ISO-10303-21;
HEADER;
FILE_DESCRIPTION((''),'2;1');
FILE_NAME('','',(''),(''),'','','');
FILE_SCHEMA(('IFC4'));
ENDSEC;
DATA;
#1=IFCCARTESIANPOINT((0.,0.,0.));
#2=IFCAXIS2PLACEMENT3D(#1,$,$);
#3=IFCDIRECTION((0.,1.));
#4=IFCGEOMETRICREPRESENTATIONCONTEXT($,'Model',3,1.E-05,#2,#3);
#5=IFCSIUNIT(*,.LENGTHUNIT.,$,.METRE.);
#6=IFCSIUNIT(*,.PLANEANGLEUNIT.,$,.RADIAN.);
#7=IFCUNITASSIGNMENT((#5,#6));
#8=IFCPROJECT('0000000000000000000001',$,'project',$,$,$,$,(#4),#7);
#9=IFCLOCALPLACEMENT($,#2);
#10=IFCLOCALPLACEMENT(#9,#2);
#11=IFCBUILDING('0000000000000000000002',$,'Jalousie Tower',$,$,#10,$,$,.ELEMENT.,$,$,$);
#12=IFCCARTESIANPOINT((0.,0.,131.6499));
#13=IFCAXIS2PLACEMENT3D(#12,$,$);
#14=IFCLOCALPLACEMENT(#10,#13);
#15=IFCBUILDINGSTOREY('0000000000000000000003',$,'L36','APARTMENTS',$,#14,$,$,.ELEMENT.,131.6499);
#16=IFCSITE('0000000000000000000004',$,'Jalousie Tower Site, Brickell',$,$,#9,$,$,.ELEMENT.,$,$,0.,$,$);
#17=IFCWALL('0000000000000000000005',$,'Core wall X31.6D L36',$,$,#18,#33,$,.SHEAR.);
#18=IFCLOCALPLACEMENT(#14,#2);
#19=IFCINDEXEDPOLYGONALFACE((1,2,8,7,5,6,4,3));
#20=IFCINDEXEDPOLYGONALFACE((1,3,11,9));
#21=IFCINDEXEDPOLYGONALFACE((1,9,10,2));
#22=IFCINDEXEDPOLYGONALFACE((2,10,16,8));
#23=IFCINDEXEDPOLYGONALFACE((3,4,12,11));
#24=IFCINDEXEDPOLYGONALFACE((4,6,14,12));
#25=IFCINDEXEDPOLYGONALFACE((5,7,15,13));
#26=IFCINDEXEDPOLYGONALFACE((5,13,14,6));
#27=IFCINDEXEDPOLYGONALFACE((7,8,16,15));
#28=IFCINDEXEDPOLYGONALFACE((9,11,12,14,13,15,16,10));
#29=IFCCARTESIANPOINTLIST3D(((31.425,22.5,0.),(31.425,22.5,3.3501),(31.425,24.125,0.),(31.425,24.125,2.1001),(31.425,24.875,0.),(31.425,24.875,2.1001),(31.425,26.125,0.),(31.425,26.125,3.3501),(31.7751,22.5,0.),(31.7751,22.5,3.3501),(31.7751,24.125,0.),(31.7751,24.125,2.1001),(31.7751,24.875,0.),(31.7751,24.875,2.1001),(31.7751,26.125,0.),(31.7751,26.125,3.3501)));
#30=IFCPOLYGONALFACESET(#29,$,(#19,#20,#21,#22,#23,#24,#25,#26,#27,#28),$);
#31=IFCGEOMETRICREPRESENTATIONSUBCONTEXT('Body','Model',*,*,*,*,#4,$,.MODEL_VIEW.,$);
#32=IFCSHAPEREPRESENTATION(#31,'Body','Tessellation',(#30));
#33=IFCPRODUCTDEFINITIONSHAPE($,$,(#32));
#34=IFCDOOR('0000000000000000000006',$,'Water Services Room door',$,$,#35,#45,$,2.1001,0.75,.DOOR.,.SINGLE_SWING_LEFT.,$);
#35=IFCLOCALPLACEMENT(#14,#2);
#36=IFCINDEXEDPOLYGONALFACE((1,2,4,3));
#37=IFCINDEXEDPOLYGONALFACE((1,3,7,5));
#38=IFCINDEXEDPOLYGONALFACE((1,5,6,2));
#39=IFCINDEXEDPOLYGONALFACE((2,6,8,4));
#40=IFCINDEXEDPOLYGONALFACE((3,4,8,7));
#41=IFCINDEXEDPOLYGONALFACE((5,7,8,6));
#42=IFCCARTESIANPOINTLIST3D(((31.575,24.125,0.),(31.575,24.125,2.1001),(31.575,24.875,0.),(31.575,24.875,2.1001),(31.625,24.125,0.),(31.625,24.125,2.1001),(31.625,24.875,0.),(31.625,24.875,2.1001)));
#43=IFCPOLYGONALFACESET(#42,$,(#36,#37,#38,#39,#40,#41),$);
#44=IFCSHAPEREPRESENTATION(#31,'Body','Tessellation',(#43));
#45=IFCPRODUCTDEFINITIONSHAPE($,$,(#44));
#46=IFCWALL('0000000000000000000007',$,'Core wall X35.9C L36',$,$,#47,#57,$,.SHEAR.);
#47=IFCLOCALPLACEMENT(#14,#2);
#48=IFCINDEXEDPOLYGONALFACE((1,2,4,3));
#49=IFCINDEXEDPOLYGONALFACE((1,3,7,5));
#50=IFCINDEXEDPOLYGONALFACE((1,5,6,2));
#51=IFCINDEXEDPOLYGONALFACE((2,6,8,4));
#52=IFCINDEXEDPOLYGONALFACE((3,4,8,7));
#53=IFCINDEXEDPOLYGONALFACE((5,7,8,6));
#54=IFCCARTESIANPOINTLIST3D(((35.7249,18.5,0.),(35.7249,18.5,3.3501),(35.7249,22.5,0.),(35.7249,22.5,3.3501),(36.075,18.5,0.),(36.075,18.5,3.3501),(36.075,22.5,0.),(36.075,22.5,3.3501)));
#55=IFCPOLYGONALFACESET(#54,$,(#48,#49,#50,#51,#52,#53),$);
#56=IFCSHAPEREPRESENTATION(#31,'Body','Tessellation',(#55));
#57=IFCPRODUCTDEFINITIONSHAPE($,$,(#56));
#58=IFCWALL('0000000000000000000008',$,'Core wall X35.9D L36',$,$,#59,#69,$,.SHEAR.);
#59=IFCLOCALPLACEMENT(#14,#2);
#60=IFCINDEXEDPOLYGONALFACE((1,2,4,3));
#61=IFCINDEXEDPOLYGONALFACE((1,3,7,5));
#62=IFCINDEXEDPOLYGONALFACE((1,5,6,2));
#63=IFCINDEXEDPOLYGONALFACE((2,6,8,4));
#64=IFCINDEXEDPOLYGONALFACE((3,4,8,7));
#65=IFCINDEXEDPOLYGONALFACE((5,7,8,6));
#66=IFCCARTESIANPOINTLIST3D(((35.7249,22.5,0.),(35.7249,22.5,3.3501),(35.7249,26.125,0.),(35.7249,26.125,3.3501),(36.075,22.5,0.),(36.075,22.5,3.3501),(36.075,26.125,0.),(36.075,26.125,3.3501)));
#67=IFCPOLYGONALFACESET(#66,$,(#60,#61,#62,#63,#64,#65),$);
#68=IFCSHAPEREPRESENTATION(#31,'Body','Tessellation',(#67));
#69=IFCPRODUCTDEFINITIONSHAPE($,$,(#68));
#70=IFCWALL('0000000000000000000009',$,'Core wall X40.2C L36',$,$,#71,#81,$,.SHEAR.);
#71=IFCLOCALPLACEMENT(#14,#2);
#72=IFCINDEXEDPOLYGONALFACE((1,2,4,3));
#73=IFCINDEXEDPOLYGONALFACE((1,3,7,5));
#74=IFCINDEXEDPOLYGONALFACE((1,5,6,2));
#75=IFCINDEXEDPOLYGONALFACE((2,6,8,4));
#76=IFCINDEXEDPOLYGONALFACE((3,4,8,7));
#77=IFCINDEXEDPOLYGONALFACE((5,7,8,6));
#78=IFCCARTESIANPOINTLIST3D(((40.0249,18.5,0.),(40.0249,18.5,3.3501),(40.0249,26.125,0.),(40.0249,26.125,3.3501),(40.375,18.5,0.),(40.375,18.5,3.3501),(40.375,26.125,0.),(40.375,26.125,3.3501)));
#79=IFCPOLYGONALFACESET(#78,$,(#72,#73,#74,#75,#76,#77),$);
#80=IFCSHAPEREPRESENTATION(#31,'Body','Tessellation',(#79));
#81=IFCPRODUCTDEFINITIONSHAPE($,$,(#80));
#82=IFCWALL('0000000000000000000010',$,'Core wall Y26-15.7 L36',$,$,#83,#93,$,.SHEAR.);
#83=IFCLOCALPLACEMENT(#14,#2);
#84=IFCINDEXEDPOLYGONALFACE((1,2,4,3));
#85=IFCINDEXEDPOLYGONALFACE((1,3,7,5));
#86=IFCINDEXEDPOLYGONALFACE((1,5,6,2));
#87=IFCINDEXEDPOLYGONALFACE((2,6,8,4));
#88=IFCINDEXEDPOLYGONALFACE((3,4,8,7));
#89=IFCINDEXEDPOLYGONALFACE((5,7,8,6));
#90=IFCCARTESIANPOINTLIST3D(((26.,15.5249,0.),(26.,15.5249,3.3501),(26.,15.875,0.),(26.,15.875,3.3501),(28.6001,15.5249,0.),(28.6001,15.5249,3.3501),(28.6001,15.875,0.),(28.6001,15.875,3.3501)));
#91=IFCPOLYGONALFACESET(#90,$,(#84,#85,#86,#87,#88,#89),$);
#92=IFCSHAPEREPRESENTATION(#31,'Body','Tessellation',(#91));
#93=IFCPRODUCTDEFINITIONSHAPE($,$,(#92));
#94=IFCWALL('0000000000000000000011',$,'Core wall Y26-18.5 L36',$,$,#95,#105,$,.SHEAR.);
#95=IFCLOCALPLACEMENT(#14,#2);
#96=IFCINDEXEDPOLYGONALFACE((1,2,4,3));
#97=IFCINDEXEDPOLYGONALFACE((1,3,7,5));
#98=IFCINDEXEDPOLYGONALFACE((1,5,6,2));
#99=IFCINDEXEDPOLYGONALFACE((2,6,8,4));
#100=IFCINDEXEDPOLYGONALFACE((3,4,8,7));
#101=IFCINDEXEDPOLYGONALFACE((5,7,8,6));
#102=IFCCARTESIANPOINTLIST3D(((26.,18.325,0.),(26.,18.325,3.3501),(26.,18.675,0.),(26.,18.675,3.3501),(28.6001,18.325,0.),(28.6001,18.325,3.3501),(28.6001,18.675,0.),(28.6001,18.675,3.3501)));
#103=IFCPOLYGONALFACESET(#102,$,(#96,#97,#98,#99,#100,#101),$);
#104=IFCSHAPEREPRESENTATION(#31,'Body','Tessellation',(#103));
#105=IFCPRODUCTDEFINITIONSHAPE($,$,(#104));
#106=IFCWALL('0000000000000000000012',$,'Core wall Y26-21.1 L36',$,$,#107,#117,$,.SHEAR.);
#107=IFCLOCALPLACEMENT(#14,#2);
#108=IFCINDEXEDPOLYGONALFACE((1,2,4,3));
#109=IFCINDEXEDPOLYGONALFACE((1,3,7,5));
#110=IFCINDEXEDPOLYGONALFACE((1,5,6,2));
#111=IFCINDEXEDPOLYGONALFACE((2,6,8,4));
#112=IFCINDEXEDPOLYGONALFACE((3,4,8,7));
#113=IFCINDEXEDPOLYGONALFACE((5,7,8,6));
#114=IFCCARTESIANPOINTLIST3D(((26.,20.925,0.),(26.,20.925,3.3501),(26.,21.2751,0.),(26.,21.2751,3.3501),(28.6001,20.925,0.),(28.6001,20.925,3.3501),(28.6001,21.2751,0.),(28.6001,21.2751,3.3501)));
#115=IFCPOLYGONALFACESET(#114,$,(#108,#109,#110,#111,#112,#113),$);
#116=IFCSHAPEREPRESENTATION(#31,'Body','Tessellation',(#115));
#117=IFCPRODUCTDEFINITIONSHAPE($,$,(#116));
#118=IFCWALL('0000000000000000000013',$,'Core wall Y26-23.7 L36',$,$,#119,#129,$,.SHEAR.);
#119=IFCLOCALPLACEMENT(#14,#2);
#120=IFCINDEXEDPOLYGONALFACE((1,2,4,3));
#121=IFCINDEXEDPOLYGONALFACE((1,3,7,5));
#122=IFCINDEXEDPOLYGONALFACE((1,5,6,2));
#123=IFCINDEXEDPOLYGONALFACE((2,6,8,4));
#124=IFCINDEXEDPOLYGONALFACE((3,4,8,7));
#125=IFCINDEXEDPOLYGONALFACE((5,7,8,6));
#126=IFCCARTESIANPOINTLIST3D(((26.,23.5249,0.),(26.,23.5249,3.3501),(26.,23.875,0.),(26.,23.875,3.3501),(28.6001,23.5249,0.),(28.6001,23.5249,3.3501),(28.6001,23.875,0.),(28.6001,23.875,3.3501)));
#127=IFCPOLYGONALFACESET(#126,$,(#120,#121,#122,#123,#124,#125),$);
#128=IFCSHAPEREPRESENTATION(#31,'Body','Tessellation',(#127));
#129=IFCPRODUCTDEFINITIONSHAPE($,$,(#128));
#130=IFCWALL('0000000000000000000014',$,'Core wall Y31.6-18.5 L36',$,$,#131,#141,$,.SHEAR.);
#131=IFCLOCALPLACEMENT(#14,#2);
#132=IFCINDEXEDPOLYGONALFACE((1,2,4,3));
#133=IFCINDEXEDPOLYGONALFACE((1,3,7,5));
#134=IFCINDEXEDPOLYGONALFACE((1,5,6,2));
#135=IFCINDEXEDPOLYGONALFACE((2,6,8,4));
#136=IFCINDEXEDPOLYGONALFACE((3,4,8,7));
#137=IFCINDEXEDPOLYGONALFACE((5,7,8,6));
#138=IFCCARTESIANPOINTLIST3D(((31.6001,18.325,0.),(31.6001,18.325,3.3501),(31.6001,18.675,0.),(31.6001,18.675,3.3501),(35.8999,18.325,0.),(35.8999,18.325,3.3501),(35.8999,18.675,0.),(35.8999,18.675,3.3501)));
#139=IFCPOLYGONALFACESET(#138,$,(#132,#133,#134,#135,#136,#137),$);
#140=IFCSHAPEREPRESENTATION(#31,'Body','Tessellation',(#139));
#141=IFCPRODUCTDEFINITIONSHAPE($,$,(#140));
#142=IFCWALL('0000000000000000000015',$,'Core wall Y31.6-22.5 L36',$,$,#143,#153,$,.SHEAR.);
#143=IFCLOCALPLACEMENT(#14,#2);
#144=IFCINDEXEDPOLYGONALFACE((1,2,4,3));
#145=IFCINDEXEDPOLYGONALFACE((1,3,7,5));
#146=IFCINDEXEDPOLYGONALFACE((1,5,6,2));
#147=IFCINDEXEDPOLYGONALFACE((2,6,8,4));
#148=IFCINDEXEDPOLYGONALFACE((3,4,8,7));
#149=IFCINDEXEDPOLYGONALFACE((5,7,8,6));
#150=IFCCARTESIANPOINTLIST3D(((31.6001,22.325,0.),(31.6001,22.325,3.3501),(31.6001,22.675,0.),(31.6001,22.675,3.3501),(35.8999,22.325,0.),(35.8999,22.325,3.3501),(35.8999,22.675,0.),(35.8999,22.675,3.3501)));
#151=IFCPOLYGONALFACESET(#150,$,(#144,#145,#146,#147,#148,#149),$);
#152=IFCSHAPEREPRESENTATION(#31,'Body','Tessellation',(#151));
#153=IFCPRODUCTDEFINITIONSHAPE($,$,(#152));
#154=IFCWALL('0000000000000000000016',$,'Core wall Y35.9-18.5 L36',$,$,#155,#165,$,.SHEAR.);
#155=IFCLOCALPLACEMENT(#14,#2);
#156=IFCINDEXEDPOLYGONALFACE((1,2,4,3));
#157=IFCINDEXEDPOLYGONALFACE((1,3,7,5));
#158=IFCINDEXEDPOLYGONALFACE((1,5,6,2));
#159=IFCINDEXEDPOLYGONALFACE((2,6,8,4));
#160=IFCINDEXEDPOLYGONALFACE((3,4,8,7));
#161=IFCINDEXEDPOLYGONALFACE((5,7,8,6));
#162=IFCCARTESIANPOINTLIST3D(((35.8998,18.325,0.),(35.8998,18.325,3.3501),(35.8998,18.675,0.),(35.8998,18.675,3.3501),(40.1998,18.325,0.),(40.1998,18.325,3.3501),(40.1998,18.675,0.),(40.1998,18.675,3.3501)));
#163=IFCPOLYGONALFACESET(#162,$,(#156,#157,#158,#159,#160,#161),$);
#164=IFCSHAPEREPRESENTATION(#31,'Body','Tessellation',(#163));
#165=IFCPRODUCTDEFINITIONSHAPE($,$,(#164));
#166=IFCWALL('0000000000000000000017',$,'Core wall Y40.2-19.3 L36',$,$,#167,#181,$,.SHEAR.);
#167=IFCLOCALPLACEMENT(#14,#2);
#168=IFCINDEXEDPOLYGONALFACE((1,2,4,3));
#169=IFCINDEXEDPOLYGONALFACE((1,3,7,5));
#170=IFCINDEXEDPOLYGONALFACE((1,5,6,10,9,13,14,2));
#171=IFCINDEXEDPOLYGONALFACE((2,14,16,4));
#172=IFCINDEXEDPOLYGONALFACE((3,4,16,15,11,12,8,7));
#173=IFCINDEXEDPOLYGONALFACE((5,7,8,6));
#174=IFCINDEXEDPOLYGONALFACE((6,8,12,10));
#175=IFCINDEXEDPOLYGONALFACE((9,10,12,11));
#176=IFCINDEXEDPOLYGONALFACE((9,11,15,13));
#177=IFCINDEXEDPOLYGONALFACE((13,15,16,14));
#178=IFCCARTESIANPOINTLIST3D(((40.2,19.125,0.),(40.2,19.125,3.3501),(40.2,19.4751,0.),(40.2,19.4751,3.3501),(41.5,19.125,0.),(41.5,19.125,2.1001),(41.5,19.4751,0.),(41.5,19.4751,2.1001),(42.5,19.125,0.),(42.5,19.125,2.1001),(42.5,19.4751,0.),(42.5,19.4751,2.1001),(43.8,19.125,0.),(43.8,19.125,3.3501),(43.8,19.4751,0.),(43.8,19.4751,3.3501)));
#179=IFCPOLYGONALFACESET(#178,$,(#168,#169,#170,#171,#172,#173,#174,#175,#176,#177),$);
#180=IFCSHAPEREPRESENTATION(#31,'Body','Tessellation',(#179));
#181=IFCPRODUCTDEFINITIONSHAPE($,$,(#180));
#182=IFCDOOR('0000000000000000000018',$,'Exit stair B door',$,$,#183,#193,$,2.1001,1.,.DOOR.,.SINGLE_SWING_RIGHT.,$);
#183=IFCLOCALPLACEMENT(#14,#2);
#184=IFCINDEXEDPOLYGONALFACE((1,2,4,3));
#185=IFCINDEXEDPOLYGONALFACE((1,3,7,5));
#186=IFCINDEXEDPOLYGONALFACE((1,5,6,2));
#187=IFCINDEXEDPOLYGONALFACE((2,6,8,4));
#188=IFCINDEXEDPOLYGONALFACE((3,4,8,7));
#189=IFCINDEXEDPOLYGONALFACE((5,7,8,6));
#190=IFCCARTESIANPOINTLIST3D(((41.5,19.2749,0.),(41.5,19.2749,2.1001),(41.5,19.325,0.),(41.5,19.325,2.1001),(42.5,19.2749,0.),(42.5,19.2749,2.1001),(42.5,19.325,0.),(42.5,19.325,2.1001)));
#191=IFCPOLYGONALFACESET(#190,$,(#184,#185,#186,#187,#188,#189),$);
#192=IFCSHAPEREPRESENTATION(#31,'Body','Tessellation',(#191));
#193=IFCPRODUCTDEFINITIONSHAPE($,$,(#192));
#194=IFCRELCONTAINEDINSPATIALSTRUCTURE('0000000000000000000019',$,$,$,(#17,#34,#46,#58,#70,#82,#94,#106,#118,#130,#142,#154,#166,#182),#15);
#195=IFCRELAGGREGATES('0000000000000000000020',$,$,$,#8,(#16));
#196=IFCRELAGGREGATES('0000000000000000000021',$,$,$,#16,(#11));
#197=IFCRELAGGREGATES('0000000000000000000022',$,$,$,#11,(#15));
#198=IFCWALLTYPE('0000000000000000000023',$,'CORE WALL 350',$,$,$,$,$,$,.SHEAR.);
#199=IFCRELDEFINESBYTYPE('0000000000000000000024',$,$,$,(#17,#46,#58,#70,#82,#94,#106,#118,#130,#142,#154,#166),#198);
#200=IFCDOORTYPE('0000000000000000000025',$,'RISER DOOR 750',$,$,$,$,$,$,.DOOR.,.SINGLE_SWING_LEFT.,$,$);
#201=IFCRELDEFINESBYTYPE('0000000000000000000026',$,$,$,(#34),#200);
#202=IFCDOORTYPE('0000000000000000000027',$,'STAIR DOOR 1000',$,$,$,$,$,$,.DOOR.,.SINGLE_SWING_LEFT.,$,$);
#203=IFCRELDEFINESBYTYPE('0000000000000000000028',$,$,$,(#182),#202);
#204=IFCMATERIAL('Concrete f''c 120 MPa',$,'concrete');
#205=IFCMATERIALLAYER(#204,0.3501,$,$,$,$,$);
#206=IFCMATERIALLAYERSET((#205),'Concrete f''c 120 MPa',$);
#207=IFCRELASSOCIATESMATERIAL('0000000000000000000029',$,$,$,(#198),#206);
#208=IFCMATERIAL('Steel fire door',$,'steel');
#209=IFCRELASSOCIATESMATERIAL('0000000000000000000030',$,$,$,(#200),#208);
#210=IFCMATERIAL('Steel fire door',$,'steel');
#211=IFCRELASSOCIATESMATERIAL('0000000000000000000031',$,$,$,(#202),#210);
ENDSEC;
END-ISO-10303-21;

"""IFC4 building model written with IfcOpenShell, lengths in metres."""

from ifc_helpers import new_model, si_unit, direction, frame, frame_2d, origin, place, context, subcontext, project, spatial, rectangle, extrude, material, layer, layer_set, type_object, element, fill, save


model = new_model("IFC4")

# Units and contexts
model_context = context("Model", 3, precision=1e-05, world=origin(), true_north=direction((0.0, 1.0)))
body_context = subcontext(model_context, "Body", "Model", "MODEL_VIEW")
ifc_project = project(units=[si_unit("LENGTHUNIT", "METRE"), si_unit("PLANEANGLEUNIT", "RADIAN")], contexts=[model_context])

# Site, building, storey
site_placement = place(None, origin())
site = spatial("IfcSite", under=ifc_project, at=site_placement, Name="Jalousie Tower Site, Brickell", CompositionType="ELEMENT", RefElevation=0.0)
building_placement = place(site_placement, origin())
building = spatial("IfcBuilding", under=site, at=building_placement, Name="Jalousie Tower", CompositionType="ELEMENT")
storey_placement = place(building_placement, frame((0.0, 0.0, 131.6499)))
storey = spatial("IfcBuildingStorey", under=building, at=storey_placement, Name="L36", Description="APARTMENTS", CompositionType="ELEMENT", Elevation=131.6499)

# Shared definitions
ifc_material_1 = material(Name="Concrete f'c 120 MPa", Category="concrete")
ifc_layer_1 = layer(ifc_material_1, 0.3501)
ifc_layer_set_1 = layer_set([ifc_layer_1], Name="Concrete f'c 120 MPa")
wall_type_1 = type_object("IfcWallType", Name="CORE WALL 350", PredefinedType="SHEAR", material=ifc_layer_set_1)

# Wall, opening, door
ifc_material_2 = material(Name="Steel fire door", Category="steel")
door_type_1 = type_object("IfcDoorType", Name="RISER DOOR 750", OperationType="SINGLE_SWING_LEFT", PredefinedType="DOOR", material=ifc_material_2)
wall_1_placement = place(storey_placement, frame((31.6001, 22.5, 0.0), z_axis=(0.0, 0.0, 1.0), x_axis=(0.0, 1.0, 0.0)))
wall_1 = element("IfcWall", 1, at=wall_1_placement, inside=storey, type_object=wall_type_1, Name="Core wall X31.6D L36", PredefinedType="SHEAR", context=body_context, shape_type="SweptSolid", body=[
    extrude(rectangle(XDim=3.625, YDim=0.3501, at=frame_2d((1.8125, 0.0))), origin(), (0.0, 0.0, 1.0), 3.3501),
])
opening_1_placement = place(wall_1_placement, frame((1.625, 0.0, 0.0)))
opening_1 = element("IfcOpeningElement", 2, at=opening_1_placement, cuts=wall_1, PredefinedType="OPENING", context=body_context, shape_type="SweptSolid", body=[
    extrude(rectangle(XDim=0.75, YDim=2.1001, at=frame_2d((0.375, 1.05))), frame((0.0, 0.1851, 0.0), z_axis=(0.0, -1.0, 0.0), x_axis=(1.0, 0.0, 0.0)), (0.0, 0.0, 1.0), 0.3701),
])
door_1_placement = place(opening_1_placement, frame((0.75, 0.0, 0.0), z_axis=(0.0, 0.0, 1.0), x_axis=(-1.0, 0.0, 0.0)))
door_1 = element("IfcDoor", 3, at=door_1_placement, inside=storey, type_object=door_type_1, Name="Water Services Room door", OperationType="SINGLE_SWING_LEFT", OverallHeight=2.1001, OverallWidth=0.75, PredefinedType="DOOR", context=body_context, shape_type="SweptSolid", body=[
    extrude(rectangle(XDim=0.75, YDim=2.1001, at=frame_2d((0.375, 1.05))), frame((0.0, 0.0249, 0.0), z_axis=(0.0, -1.0, 0.0), x_axis=(1.0, 0.0, 0.0)), (0.0, 0.0, 1.0), 0.05),
])
fill(opening_1, door_1)

# Walls
wall_2_placement = place(storey_placement, frame((35.8999, 18.5, 0.0), z_axis=(0.0, 0.0, 1.0), x_axis=(0.0, 1.0, 0.0)))
element("IfcWall", 4, at=wall_2_placement, inside=storey, type_object=wall_type_1, Name="Core wall X35.9C L36", PredefinedType="SHEAR", context=body_context, shape_type="SweptSolid", body=[
    extrude(rectangle(XDim=4.0, YDim=0.3501, at=frame_2d((2.0, 0.0))), origin(), (0.0, 0.0, 1.0), 3.3501),
])
wall_3_placement = place(storey_placement, frame((35.8999, 22.5, 0.0), z_axis=(0.0, 0.0, 1.0), x_axis=(0.0, 1.0, 0.0)))
element("IfcWall", 5, at=wall_3_placement, inside=storey, type_object=wall_type_1, Name="Core wall X35.9D L36", PredefinedType="SHEAR", context=body_context, shape_type="SweptSolid", body=[
    extrude(rectangle(XDim=3.625, YDim=0.3501, at=frame_2d((1.8125, 0.0))), origin(), (0.0, 0.0, 1.0), 3.3501),
])
wall_4_placement = place(storey_placement, frame((40.2, 18.5, 0.0), z_axis=(0.0, 0.0, 1.0), x_axis=(0.0, 1.0, 0.0)))
element("IfcWall", 6, at=wall_4_placement, inside=storey, type_object=wall_type_1, Name="Core wall X40.2C L36", PredefinedType="SHEAR", context=body_context, shape_type="SweptSolid", body=[
    extrude(rectangle(XDim=7.625, YDim=0.3501, at=frame_2d((3.8125, 0.0))), origin(), (0.0, 0.0, 1.0), 3.3501),
])
for number, where, z_axis, x_axis, name in (
    (7, (26.0, 15.7, 0.0), (0.0, 0.0, 1.0), (1.0, 0.0, 0.0), "Core wall Y26-15.7 L36"),
    (8, (26.0, 18.5, 0.0), (0.0, 0.0, 1.0), (1.0, 0.0, 0.0), "Core wall Y26-18.5 L36"),
    (9, (26.0, 21.1001, 0.0), (0.0, 0.0, 1.0), (1.0, 0.0, 0.0), "Core wall Y26-21.1 L36"),
    (10, (26.0, 23.7, 0.0), (0.0, 0.0, 1.0), (1.0, 0.0, 0.0), "Core wall Y26-23.7 L36"),
):
    element("IfcWall", number, at=place(storey_placement, frame(where, z_axis=z_axis, x_axis=x_axis)), inside=storey, type_object=wall_type_1, Name=name, PredefinedType="SHEAR", context=body_context, shape_type="SweptSolid", body=[
        extrude(rectangle(XDim=2.6001, YDim=0.3501, at=frame_2d((1.3, 0.0))), origin(), (0.0, 0.0, 1.0), 3.3501),
    ])
for number, where, z_axis, x_axis, name in (
    (11, (31.6001, 18.5, 0.0), (0.0, 0.0, 1.0), (1.0, 0.0, 0.0), "Core wall Y31.6-18.5 L36"),
    (12, (31.6001, 22.5, 0.0), (0.0, 0.0, 1.0), (1.0, 0.0, 0.0), "Core wall Y31.6-22.5 L36"),
):
    element("IfcWall", number, at=place(storey_placement, frame(where, z_axis=z_axis, x_axis=x_axis)), inside=storey, type_object=wall_type_1, Name=name, PredefinedType="SHEAR", context=body_context, shape_type="SweptSolid", body=[
        extrude(rectangle(XDim=4.2998, YDim=0.3501, at=frame_2d((2.1499, 0.0))), origin(), (0.0, 0.0, 1.0), 3.3501),
    ])
wall_5_placement = place(storey_placement, frame((35.8999, 18.5, 0.0), z_axis=(0.0, 0.0, 1.0), x_axis=(1.0, 0.0, 0.0)))
element("IfcWall", 13, at=wall_5_placement, inside=storey, type_object=wall_type_1, Name="Core wall Y35.9-18.5 L36", PredefinedType="SHEAR", context=body_context, shape_type="SweptSolid", body=[
    extrude(rectangle(XDim=4.3, YDim=0.3501, at=frame_2d((2.1499, 0.0))), origin(), (0.0, 0.0, 1.0), 3.3501),
])

# Wall, opening, door
wall_6_placement = place(storey_placement, frame((40.2, 19.3, 0.0), z_axis=(0.0, 0.0, 1.0), x_axis=(1.0, 0.0, 0.0)))
wall_6 = element("IfcWall", 14, at=wall_6_placement, inside=storey, type_object=wall_type_1, Name="Core wall Y40.2-19.3 L36", PredefinedType="SHEAR", context=body_context, shape_type="SweptSolid", body=[
    extrude(rectangle(XDim=3.6001, YDim=0.3501, at=frame_2d((1.8, 0.0))), origin(), (0.0, 0.0, 1.0), 3.3501),
])
opening_2_placement = place(wall_6_placement, frame((1.3, 0.0, 0.0)))
opening_2 = element("IfcOpeningElement", 15, at=opening_2_placement, cuts=wall_6, PredefinedType="OPENING", context=body_context, shape_type="SweptSolid", body=[
    extrude(rectangle(XDim=1.0, YDim=2.1001, at=frame_2d((0.5, 1.05))), frame((0.0, 0.1851, 0.0), z_axis=(0.0, -1.0, 0.0), x_axis=(1.0, 0.0, 0.0)), (0.0, 0.0, 1.0), 0.3701),
])
ifc_material_3 = material(Name="Steel fire door", Category="steel")
door_type_2 = type_object("IfcDoorType", Name="STAIR DOOR 1000", OperationType="SINGLE_SWING_LEFT", PredefinedType="DOOR", material=ifc_material_3)
door_2_placement = place(opening_2_placement, origin())
door_2 = element("IfcDoor", 16, at=door_2_placement, inside=storey, type_object=door_type_2, Name="Exit stair B door", OperationType="SINGLE_SWING_RIGHT", OverallHeight=2.1001, OverallWidth=1.0, PredefinedType="DOOR", context=body_context, shape_type="SweptSolid", body=[
    extrude(rectangle(XDim=1.0, YDim=2.1001, at=frame_2d((0.5, 1.05))), frame((0.0, 0.0249, 0.0), z_axis=(0.0, -1.0, 0.0), x_axis=(1.0, 0.0, 0.0)), (0.0, 0.0, 1.0), 0.05),
])
fill(opening_2, door_2)

save(model, "model.ifc")
